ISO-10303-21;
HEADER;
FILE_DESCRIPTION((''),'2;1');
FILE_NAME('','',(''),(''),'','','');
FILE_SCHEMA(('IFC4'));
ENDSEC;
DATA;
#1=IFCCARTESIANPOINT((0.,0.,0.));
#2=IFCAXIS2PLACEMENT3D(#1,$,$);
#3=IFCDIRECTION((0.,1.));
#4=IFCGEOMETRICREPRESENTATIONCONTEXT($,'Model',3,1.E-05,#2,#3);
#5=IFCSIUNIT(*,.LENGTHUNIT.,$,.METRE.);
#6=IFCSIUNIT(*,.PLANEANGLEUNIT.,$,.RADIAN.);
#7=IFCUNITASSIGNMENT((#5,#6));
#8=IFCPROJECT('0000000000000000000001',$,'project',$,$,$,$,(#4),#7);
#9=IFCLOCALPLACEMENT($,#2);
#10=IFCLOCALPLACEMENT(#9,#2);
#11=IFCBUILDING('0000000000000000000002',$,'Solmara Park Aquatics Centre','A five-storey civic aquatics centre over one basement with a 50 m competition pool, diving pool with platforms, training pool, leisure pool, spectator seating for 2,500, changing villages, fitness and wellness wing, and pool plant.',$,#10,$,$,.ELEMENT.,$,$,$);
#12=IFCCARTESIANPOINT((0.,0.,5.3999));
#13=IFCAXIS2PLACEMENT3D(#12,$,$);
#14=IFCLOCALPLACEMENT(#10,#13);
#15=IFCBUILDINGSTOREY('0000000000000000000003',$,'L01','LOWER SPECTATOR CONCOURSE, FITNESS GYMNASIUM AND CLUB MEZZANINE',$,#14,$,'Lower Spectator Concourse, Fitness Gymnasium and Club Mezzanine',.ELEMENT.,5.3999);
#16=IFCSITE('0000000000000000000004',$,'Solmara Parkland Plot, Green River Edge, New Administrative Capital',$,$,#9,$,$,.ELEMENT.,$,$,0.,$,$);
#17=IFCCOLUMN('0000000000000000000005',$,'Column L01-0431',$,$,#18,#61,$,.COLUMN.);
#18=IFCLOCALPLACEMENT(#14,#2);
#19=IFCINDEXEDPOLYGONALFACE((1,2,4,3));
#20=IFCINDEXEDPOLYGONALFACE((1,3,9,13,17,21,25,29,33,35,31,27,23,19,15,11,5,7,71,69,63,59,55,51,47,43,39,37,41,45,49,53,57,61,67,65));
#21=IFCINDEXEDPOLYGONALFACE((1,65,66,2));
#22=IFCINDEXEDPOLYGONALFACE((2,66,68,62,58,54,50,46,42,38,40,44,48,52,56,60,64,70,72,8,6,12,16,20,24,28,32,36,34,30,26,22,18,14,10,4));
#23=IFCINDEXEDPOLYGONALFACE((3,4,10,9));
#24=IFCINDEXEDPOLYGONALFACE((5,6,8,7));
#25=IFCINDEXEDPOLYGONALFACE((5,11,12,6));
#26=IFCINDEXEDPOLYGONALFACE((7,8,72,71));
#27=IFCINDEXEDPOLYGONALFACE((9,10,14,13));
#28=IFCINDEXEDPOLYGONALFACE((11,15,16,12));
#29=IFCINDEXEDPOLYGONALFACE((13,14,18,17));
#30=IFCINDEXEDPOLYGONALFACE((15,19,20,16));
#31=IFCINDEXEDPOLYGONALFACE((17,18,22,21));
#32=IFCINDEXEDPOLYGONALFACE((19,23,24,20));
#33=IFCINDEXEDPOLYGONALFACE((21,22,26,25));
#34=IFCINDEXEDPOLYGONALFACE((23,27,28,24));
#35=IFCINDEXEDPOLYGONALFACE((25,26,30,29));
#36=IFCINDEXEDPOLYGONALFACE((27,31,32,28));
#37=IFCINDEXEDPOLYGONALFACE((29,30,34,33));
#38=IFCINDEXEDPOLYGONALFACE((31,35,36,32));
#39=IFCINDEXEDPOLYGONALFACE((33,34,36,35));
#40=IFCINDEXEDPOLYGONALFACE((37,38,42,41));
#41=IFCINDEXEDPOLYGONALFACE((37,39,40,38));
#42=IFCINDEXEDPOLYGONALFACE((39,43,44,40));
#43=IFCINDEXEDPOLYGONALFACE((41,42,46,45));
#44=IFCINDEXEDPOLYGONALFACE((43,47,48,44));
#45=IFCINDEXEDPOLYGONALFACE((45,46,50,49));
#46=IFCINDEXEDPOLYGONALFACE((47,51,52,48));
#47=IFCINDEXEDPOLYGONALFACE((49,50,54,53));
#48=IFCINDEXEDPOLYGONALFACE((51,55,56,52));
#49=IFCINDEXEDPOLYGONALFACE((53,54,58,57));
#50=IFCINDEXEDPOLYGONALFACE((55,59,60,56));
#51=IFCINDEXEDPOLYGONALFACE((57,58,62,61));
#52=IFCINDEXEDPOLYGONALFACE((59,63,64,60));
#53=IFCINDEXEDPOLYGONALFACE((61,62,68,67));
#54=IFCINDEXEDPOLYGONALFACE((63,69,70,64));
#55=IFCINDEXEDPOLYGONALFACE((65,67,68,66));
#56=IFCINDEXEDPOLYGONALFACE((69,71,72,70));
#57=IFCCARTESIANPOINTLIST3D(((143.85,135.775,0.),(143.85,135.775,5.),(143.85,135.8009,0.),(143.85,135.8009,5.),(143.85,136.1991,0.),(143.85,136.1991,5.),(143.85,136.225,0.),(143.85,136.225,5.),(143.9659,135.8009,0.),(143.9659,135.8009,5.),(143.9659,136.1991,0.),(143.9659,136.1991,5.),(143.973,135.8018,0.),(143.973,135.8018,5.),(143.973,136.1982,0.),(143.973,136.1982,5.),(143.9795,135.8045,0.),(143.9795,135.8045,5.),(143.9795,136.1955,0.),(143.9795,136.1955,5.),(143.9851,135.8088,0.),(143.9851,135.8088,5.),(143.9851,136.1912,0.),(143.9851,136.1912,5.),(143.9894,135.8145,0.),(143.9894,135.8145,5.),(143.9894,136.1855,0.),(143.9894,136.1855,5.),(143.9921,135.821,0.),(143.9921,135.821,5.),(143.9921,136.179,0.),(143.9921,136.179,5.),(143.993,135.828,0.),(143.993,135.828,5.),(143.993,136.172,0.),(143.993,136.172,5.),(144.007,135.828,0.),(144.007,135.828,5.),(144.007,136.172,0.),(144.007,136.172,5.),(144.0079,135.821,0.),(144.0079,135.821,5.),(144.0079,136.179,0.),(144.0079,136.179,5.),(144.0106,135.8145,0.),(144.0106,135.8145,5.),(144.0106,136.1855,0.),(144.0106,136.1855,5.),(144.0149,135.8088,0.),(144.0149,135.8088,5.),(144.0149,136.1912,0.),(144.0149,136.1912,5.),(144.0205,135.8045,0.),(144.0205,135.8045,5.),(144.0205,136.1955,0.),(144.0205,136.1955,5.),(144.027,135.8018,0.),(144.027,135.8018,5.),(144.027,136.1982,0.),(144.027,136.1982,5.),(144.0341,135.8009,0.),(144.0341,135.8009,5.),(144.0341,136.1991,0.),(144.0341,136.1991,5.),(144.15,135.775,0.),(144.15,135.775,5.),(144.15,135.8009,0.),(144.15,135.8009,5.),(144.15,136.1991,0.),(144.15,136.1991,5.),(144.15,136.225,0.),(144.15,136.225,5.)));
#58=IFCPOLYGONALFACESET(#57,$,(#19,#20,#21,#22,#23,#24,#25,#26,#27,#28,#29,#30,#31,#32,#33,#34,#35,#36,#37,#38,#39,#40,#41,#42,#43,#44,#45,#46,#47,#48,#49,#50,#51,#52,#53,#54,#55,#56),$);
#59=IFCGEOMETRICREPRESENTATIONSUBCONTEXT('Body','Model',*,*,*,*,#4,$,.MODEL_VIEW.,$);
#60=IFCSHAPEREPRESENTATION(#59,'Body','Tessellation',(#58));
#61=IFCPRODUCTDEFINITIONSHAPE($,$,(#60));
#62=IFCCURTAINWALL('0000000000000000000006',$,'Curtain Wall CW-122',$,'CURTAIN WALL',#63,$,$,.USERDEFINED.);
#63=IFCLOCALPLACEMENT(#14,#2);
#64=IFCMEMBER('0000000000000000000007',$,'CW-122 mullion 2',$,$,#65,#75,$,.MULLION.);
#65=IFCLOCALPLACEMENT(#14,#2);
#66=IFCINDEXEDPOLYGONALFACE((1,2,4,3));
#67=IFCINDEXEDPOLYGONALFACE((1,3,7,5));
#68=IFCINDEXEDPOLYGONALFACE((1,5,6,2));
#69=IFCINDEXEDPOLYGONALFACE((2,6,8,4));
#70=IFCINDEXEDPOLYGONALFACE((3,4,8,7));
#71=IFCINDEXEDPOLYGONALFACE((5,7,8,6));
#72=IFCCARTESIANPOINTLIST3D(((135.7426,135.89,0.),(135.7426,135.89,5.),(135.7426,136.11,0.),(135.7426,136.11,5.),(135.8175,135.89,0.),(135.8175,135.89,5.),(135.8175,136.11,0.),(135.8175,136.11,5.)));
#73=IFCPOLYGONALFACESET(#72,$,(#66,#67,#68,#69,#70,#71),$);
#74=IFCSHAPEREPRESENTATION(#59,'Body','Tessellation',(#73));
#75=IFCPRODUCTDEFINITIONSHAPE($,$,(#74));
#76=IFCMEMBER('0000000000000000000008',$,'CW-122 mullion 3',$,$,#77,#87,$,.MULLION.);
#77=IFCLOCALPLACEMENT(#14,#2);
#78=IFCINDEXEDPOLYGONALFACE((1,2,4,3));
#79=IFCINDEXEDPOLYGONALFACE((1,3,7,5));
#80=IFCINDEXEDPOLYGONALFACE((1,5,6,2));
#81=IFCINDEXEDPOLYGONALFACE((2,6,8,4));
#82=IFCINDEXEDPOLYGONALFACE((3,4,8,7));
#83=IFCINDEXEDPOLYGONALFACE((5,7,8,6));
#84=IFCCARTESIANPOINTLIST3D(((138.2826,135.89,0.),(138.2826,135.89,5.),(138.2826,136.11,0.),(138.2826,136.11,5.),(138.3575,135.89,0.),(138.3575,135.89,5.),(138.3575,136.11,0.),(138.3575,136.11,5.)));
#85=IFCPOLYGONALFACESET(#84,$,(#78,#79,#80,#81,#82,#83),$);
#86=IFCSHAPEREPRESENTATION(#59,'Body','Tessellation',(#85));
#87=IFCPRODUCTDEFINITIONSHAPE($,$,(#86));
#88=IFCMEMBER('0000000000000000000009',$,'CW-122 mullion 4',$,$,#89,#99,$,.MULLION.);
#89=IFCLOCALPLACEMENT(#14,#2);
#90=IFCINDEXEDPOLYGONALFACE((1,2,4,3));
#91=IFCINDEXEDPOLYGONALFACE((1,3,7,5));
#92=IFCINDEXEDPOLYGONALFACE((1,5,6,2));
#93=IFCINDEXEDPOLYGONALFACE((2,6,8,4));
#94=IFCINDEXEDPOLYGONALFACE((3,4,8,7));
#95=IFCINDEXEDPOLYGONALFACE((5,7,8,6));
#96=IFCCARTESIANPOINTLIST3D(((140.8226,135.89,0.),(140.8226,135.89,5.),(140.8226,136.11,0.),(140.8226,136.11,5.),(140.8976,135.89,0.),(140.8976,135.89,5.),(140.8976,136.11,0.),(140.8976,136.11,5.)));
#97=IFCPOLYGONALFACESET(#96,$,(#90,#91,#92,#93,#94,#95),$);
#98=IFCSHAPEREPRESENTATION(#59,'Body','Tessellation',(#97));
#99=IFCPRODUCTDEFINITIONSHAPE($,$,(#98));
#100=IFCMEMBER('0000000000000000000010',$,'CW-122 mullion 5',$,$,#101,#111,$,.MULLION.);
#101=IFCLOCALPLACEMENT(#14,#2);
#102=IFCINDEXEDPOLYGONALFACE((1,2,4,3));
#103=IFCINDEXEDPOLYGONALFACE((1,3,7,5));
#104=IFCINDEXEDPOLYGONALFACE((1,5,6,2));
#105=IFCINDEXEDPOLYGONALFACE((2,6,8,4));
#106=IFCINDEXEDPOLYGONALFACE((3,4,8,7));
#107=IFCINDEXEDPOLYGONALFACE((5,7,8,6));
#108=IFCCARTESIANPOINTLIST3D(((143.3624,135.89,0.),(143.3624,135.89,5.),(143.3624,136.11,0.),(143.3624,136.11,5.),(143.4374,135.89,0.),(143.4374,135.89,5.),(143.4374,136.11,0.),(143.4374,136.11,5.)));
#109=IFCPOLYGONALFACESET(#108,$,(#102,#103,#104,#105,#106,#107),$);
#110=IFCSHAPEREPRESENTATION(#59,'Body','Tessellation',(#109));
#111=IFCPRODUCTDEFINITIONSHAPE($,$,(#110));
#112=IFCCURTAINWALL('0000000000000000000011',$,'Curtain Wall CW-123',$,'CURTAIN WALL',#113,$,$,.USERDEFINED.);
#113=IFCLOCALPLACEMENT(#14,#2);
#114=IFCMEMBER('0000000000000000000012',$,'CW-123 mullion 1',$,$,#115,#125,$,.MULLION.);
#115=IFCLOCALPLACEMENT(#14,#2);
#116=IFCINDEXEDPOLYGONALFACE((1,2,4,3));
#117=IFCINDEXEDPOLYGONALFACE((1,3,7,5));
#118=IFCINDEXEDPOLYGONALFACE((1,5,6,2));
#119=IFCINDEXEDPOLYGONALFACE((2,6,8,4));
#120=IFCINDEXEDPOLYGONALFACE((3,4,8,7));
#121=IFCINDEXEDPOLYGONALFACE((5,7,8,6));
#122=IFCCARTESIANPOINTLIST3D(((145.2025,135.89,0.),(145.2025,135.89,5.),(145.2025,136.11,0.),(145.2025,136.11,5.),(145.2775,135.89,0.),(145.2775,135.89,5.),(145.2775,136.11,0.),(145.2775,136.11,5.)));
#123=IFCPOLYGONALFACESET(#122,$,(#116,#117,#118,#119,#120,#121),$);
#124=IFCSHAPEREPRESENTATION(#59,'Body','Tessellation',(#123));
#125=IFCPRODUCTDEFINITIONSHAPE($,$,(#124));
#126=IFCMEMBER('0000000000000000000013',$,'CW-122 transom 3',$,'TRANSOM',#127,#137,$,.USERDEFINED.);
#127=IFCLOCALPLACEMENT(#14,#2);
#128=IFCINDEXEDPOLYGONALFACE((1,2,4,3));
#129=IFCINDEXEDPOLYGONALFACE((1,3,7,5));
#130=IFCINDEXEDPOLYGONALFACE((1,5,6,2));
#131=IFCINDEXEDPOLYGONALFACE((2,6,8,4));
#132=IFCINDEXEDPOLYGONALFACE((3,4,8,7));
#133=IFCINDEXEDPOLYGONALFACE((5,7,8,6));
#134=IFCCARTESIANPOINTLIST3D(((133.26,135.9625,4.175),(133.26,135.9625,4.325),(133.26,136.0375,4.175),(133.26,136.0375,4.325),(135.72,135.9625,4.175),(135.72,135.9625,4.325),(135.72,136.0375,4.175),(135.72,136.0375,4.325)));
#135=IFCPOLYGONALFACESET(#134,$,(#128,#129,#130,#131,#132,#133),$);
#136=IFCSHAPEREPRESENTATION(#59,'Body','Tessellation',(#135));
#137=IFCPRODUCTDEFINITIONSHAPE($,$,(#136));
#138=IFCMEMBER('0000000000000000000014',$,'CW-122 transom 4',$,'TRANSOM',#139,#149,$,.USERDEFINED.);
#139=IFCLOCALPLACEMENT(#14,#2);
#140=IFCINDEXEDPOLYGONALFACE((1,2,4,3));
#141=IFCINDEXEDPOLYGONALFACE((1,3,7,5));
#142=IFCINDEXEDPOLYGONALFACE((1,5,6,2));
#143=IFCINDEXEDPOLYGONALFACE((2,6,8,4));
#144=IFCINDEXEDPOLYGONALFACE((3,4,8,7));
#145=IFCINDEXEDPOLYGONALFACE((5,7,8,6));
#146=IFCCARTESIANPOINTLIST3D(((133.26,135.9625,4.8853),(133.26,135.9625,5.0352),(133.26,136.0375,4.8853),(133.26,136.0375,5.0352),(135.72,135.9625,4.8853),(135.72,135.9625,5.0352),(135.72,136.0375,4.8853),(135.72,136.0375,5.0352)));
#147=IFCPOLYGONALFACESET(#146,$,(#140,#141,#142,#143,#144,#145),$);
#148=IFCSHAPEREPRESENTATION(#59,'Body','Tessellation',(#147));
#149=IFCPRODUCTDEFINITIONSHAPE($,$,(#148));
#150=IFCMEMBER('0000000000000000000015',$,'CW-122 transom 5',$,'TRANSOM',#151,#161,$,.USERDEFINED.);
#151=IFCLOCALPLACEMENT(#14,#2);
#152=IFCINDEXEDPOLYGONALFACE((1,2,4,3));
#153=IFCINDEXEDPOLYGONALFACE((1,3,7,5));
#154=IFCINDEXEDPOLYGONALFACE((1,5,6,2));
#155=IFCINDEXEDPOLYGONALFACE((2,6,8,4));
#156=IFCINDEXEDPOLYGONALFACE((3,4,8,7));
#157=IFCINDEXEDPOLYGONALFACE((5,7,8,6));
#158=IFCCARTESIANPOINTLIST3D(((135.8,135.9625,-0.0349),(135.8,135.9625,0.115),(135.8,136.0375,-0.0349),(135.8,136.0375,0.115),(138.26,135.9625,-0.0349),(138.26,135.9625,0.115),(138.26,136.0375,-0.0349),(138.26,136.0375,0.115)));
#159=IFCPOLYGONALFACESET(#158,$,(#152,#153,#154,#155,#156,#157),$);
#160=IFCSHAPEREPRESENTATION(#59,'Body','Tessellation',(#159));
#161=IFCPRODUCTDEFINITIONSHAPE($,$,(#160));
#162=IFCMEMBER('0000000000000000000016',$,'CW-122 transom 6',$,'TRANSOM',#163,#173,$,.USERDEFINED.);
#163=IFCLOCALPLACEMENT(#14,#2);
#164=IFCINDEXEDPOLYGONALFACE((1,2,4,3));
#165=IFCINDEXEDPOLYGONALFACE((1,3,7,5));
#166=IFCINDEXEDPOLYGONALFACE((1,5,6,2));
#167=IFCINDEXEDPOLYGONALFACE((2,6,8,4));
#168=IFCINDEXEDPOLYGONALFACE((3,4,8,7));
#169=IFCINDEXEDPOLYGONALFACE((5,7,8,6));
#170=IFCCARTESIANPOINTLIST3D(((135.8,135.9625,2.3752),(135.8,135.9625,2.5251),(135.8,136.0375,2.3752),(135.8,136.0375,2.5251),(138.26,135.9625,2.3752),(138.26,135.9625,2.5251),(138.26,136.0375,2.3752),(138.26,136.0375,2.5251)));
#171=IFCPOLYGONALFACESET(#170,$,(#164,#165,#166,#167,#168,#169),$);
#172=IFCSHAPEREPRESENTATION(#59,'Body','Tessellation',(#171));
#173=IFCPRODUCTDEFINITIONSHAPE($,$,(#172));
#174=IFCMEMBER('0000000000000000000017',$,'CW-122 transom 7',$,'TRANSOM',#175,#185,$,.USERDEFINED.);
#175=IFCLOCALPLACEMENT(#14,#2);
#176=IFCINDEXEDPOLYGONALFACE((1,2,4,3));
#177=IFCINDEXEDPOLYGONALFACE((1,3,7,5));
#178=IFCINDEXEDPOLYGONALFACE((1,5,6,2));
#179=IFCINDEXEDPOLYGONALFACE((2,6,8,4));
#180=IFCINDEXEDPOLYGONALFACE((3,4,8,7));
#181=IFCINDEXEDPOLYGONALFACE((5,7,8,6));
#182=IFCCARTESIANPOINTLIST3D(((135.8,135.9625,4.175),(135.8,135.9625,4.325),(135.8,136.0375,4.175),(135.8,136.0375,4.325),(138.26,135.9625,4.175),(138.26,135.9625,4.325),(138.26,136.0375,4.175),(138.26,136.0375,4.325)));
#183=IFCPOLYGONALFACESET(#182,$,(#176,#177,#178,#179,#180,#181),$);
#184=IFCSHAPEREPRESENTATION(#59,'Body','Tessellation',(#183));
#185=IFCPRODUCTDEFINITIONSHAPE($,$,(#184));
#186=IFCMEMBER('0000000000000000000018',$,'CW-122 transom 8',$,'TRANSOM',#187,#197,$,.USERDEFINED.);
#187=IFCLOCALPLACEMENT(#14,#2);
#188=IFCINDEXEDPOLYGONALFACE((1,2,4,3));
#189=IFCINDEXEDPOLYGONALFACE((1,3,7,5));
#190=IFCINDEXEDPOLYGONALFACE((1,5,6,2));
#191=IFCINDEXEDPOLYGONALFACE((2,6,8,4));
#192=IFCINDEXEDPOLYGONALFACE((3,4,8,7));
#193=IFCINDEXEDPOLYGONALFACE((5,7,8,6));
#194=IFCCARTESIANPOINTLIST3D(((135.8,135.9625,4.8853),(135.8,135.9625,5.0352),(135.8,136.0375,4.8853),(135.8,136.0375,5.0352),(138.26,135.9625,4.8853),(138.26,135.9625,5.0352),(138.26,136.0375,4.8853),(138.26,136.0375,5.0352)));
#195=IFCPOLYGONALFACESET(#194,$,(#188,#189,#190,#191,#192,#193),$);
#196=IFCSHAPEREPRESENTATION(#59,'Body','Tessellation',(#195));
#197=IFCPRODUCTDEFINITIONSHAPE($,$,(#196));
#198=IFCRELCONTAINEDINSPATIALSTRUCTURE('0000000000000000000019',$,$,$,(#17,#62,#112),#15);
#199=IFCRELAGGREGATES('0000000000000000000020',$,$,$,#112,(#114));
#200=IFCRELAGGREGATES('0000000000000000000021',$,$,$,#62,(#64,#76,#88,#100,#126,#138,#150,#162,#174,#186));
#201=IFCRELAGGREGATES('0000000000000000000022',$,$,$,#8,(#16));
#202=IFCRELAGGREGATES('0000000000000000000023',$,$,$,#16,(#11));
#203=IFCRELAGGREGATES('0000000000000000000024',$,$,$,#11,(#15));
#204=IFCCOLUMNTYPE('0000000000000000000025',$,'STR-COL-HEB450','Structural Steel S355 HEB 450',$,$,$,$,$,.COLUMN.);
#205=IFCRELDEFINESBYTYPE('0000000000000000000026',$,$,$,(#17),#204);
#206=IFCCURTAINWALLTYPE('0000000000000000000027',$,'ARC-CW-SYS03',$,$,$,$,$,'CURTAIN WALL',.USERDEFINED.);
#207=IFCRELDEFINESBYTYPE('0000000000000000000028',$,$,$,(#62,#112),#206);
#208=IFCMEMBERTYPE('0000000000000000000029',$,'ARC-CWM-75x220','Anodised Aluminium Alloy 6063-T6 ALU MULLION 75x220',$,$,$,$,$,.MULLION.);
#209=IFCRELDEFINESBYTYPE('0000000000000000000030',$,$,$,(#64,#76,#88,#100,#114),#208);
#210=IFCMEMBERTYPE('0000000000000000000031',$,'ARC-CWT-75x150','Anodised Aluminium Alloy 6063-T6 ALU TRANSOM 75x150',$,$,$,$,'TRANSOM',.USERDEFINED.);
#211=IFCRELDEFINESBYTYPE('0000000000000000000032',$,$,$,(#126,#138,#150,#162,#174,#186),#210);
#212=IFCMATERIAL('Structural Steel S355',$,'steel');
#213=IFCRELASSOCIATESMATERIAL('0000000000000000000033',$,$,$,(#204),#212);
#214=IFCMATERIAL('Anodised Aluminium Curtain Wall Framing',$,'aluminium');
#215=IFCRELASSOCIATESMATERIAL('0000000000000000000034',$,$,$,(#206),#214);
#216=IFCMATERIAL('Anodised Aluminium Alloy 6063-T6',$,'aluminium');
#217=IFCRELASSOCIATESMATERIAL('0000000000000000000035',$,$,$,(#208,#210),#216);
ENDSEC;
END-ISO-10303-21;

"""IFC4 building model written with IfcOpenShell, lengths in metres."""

from ifc_helpers import new_model, si_unit, direction, frame, origin, origin_2d, place, context, subcontext, project, spatial, rectangle, i_section, extrude, material, material_profile, profile_set, type_object, element, aggregate, save


model = new_model("IFC4")

# Units and contexts
model_context = context("Model", 3, precision=1e-05, world=origin(), true_north=direction((0.0, 1.0)))
body_context = subcontext(model_context, "Body", "Model", "MODEL_VIEW")
ifc_project = project(units=[si_unit("LENGTHUNIT", "METRE"), si_unit("PLANEANGLEUNIT", "RADIAN")], contexts=[model_context])

# Site, building, storey
site_placement = place(None, origin())
site = spatial("IfcSite", under=ifc_project, at=site_placement, Name="Solmara Parkland Plot, Green River Edge, New Administrative Capital", CompositionType="ELEMENT", RefElevation=0.0)
building_placement = place(site_placement, origin())
building = spatial("IfcBuilding", under=site, at=building_placement, Name="Solmara Park Aquatics Centre", Description="A five-storey civic aquatics centre over one basement with a 50 m competition pool, diving pool with platforms, training pool, leisure pool, spectator seating for 2,500, changing villages, fitness and wellness wing, and pool plant.", CompositionType="ELEMENT")
storey_placement = place(building_placement, frame((0.0, 0.0, 5.3999)))
storey = spatial("IfcBuildingStorey", under=building, at=storey_placement, Name="L01", Description="LOWER SPECTATOR CONCOURSE, FITNESS GYMNASIUM AND CLUB MEZZANINE", LongName="Lower Spectator Concourse, Fitness Gymnasium and Club Mezzanine", CompositionType="ELEMENT", Elevation=5.3999)

# Column
ifc_material_1 = material(Name="Structural Steel S355", Category="steel")
ifc_material_profile_1 = material_profile(ifc_material_1, i_section(OverallWidth=0.3, OverallDepth=0.45, WebThickness=0.0139, FlangeThickness=0.0259, FilletRadius=0.0271, at=origin_2d()), Name="HEB 450")
ifc_profile_set_1 = profile_set([ifc_material_profile_1], Name="Structural Steel S355")
column_type = type_object("IfcColumnType", Name="STR-COL-HEB450", Description="Structural Steel S355 HEB 450", PredefinedType="COLUMN", material=ifc_profile_set_1)
column_placement = place(storey_placement, frame((144.0, 136.0, 0.0), z_axis=(0.0, 0.0, 1.0), x_axis=(1.0, 0.0, 0.0)))
element("IfcColumn", 1, at=column_placement, inside=storey, type_object=column_type, Name="Column L01-0431", PredefinedType="COLUMN", context=body_context, shape_type="SweptSolid", body=[
    extrude(i_section(OverallWidth=0.3, OverallDepth=0.45, WebThickness=0.0139, FlangeThickness=0.0259, FilletRadius=0.0271, at=origin_2d()), origin(), (0.0, 0.0, 1.0), 5.0),
])

# Curtain wall, members
ifc_material_2 = material(Name="Anodised Aluminium Curtain Wall Framing", Category="aluminium")
curtain_wall_type = type_object("IfcCurtainWallType", Name="ARC-CW-SYS03", ElementType="CURTAIN WALL", PredefinedType="USERDEFINED", material=ifc_material_2)
curtain_wall_1_placement = place(storey_placement, origin())
curtain_wall_1 = element("IfcCurtainWall", 2, at=curtain_wall_1_placement, inside=storey, type_object=curtain_wall_type, Name="Curtain Wall CW-122", ObjectType="CURTAIN WALL", PredefinedType="USERDEFINED")
ifc_material_3 = material(Name="Anodised Aluminium Alloy 6063-T6", Category="aluminium")
ifc_material_profile_2 = material_profile(ifc_material_3, rectangle(XDim=0.075, YDim=0.22, at=origin_2d()), Name="ALU MULLION 75x220")
ifc_profile_set_2 = profile_set([ifc_material_profile_2], Name="Anodised Aluminium Alloy 6063-T6")
member_type_1 = type_object("IfcMemberType", Name="ARC-CWM-75x220", Description="Anodised Aluminium Alloy 6063-T6 ALU MULLION 75x220", PredefinedType="MULLION", material=ifc_profile_set_2)
member_1_placement = place(storey_placement, frame((135.78, 136.0, 0.0), z_axis=(0.0, 0.0, 1.0), x_axis=(1.0, 0.0, 0.0)))
member_1 = element("IfcMember", 3, at=member_1_placement, type_object=member_type_1, Name="CW-122 mullion 2", PredefinedType="MULLION", context=body_context, shape_type="SweptSolid", body=[
    extrude(rectangle(XDim=0.075, YDim=0.22, at=origin_2d()), origin(), (0.0, 0.0, 1.0), 5.0),
])
member_2_placement = place(storey_placement, frame((138.3201, 136.0, 0.0), z_axis=(0.0, 0.0, 1.0), x_axis=(1.0, 0.0, 0.0)))
member_2 = element("IfcMember", 4, at=member_2_placement, type_object=member_type_1, Name="CW-122 mullion 3", PredefinedType="MULLION", context=body_context, shape_type="SweptSolid", body=[
    extrude(rectangle(XDim=0.075, YDim=0.22, at=origin_2d()), origin(), (0.0, 0.0, 1.0), 5.0),
])
member_3_placement = place(storey_placement, frame((140.8601, 136.0, 0.0), z_axis=(0.0, 0.0, 1.0), x_axis=(1.0, 0.0, 0.0)))
member_3 = element("IfcMember", 5, at=member_3_placement, type_object=member_type_1, Name="CW-122 mullion 4", PredefinedType="MULLION", context=body_context, shape_type="SweptSolid", body=[
    extrude(rectangle(XDim=0.075, YDim=0.22, at=origin_2d()), origin(), (0.0, 0.0, 1.0), 5.0),
])
member_4_placement = place(storey_placement, frame((143.3999, 136.0, 0.0), z_axis=(0.0, 0.0, 1.0), x_axis=(1.0, 0.0, 0.0)))
member_4 = element("IfcMember", 6, at=member_4_placement, type_object=member_type_1, Name="CW-122 mullion 5", PredefinedType="MULLION", context=body_context, shape_type="SweptSolid", body=[
    extrude(rectangle(XDim=0.075, YDim=0.22, at=origin_2d()), origin(), (0.0, 0.0, 1.0), 5.0),
])

# Curtain wall, member
curtain_wall_2_placement = place(storey_placement, origin())
curtain_wall_2 = element("IfcCurtainWall", 7, at=curtain_wall_2_placement, inside=storey, type_object=curtain_wall_type, Name="Curtain Wall CW-123", ObjectType="CURTAIN WALL", PredefinedType="USERDEFINED")
member_5_placement = place(storey_placement, frame((145.24, 136.0, 0.0), z_axis=(0.0, 0.0, 1.0), x_axis=(1.0, 0.0, 0.0)))
member_5 = element("IfcMember", 8, at=member_5_placement, type_object=member_type_1, Name="CW-123 mullion 1", PredefinedType="MULLION", context=body_context, shape_type="SweptSolid", body=[
    extrude(rectangle(XDim=0.075, YDim=0.22, at=origin_2d()), origin(), (0.0, 0.0, 1.0), 5.0),
])

# Members
ifc_material_profile_3 = material_profile(ifc_material_3, rectangle(XDim=0.075, YDim=0.1499, at=origin_2d()), Name="ALU TRANSOM 75x150")
ifc_profile_set_3 = profile_set([ifc_material_profile_3], Name="Anodised Aluminium Alloy 6063-T6")
member_type_2 = type_object("IfcMemberType", Name="ARC-CWT-75x150", Description="Anodised Aluminium Alloy 6063-T6 ALU TRANSOM 75x150", ElementType="TRANSOM", PredefinedType="USERDEFINED", material=ifc_profile_set_3)
member_6_placement = place(storey_placement, frame((133.26, 136.0, 4.25), z_axis=(1.0, 0.0, 0.0), x_axis=(0.0, 1.0, 0.0)))
member_6 = element("IfcMember", 9, at=member_6_placement, type_object=member_type_2, Name="CW-122 transom 3", ObjectType="TRANSOM", PredefinedType="USERDEFINED", context=body_context, shape_type="SweptSolid", body=[
    extrude(rectangle(XDim=0.075, YDim=0.1499, at=origin_2d()), origin(), (0.0, 0.0, 1.0), 2.46),
])
member_7_placement = place(storey_placement, frame((133.26, 136.0, 4.9602), z_axis=(1.0, 0.0, 0.0), x_axis=(0.0, 1.0, 0.0)))
member_7 = element("IfcMember", 10, at=member_7_placement, type_object=member_type_2, Name="CW-122 transom 4", ObjectType="TRANSOM", PredefinedType="USERDEFINED", context=body_context, shape_type="SweptSolid", body=[
    extrude(rectangle(XDim=0.075, YDim=0.1499, at=origin_2d()), origin(), (0.0, 0.0, 1.0), 2.46),
])
member_8_placement = place(storey_placement, frame((135.8, 136.0, 0.04), z_axis=(1.0, 0.0, 0.0), x_axis=(0.0, 1.0, 0.0)))
member_8 = element("IfcMember", 11, at=member_8_placement, type_object=member_type_2, Name="CW-122 transom 5", ObjectType="TRANSOM", PredefinedType="USERDEFINED", context=body_context, shape_type="SweptSolid", body=[
    extrude(rectangle(XDim=0.075, YDim=0.1499, at=origin_2d()), origin(), (0.0, 0.0, 1.0), 2.46),
])
member_9_placement = place(storey_placement, frame((135.8, 136.0, 2.4502), z_axis=(1.0, 0.0, 0.0), x_axis=(0.0, 1.0, 0.0)))
member_9 = element("IfcMember", 12, at=member_9_placement, type_object=member_type_2, Name="CW-122 transom 6", ObjectType="TRANSOM", PredefinedType="USERDEFINED", context=body_context, shape_type="SweptSolid", body=[
    extrude(rectangle(XDim=0.075, YDim=0.1499, at=origin_2d()), origin(), (0.0, 0.0, 1.0), 2.46),
])
member_10_placement = place(storey_placement, frame((135.8, 136.0, 4.25), z_axis=(1.0, 0.0, 0.0), x_axis=(0.0, 1.0, 0.0)))
member_10 = element("IfcMember", 13, at=member_10_placement, type_object=member_type_2, Name="CW-122 transom 7", ObjectType="TRANSOM", PredefinedType="USERDEFINED", context=body_context, shape_type="SweptSolid", body=[
    extrude(rectangle(XDim=0.075, YDim=0.1499, at=origin_2d()), origin(), (0.0, 0.0, 1.0), 2.46),
])
member_11_placement = place(storey_placement, frame((135.8, 136.0, 4.9602), z_axis=(1.0, 0.0, 0.0), x_axis=(0.0, 1.0, 0.0)))
member_11 = element("IfcMember", 14, at=member_11_placement, type_object=member_type_2, Name="CW-122 transom 8", ObjectType="TRANSOM", PredefinedType="USERDEFINED", context=body_context, shape_type="SweptSolid", body=[
    extrude(rectangle(XDim=0.075, YDim=0.1499, at=origin_2d()), origin(), (0.0, 0.0, 1.0), 2.46),
])
aggregate(curtain_wall_2, [member_5])

aggregate(curtain_wall_1, [member_1, member_2, member_3, member_4, member_6, member_7, member_8, member_9, member_10, member_11])

save(model, "model.ifc")
